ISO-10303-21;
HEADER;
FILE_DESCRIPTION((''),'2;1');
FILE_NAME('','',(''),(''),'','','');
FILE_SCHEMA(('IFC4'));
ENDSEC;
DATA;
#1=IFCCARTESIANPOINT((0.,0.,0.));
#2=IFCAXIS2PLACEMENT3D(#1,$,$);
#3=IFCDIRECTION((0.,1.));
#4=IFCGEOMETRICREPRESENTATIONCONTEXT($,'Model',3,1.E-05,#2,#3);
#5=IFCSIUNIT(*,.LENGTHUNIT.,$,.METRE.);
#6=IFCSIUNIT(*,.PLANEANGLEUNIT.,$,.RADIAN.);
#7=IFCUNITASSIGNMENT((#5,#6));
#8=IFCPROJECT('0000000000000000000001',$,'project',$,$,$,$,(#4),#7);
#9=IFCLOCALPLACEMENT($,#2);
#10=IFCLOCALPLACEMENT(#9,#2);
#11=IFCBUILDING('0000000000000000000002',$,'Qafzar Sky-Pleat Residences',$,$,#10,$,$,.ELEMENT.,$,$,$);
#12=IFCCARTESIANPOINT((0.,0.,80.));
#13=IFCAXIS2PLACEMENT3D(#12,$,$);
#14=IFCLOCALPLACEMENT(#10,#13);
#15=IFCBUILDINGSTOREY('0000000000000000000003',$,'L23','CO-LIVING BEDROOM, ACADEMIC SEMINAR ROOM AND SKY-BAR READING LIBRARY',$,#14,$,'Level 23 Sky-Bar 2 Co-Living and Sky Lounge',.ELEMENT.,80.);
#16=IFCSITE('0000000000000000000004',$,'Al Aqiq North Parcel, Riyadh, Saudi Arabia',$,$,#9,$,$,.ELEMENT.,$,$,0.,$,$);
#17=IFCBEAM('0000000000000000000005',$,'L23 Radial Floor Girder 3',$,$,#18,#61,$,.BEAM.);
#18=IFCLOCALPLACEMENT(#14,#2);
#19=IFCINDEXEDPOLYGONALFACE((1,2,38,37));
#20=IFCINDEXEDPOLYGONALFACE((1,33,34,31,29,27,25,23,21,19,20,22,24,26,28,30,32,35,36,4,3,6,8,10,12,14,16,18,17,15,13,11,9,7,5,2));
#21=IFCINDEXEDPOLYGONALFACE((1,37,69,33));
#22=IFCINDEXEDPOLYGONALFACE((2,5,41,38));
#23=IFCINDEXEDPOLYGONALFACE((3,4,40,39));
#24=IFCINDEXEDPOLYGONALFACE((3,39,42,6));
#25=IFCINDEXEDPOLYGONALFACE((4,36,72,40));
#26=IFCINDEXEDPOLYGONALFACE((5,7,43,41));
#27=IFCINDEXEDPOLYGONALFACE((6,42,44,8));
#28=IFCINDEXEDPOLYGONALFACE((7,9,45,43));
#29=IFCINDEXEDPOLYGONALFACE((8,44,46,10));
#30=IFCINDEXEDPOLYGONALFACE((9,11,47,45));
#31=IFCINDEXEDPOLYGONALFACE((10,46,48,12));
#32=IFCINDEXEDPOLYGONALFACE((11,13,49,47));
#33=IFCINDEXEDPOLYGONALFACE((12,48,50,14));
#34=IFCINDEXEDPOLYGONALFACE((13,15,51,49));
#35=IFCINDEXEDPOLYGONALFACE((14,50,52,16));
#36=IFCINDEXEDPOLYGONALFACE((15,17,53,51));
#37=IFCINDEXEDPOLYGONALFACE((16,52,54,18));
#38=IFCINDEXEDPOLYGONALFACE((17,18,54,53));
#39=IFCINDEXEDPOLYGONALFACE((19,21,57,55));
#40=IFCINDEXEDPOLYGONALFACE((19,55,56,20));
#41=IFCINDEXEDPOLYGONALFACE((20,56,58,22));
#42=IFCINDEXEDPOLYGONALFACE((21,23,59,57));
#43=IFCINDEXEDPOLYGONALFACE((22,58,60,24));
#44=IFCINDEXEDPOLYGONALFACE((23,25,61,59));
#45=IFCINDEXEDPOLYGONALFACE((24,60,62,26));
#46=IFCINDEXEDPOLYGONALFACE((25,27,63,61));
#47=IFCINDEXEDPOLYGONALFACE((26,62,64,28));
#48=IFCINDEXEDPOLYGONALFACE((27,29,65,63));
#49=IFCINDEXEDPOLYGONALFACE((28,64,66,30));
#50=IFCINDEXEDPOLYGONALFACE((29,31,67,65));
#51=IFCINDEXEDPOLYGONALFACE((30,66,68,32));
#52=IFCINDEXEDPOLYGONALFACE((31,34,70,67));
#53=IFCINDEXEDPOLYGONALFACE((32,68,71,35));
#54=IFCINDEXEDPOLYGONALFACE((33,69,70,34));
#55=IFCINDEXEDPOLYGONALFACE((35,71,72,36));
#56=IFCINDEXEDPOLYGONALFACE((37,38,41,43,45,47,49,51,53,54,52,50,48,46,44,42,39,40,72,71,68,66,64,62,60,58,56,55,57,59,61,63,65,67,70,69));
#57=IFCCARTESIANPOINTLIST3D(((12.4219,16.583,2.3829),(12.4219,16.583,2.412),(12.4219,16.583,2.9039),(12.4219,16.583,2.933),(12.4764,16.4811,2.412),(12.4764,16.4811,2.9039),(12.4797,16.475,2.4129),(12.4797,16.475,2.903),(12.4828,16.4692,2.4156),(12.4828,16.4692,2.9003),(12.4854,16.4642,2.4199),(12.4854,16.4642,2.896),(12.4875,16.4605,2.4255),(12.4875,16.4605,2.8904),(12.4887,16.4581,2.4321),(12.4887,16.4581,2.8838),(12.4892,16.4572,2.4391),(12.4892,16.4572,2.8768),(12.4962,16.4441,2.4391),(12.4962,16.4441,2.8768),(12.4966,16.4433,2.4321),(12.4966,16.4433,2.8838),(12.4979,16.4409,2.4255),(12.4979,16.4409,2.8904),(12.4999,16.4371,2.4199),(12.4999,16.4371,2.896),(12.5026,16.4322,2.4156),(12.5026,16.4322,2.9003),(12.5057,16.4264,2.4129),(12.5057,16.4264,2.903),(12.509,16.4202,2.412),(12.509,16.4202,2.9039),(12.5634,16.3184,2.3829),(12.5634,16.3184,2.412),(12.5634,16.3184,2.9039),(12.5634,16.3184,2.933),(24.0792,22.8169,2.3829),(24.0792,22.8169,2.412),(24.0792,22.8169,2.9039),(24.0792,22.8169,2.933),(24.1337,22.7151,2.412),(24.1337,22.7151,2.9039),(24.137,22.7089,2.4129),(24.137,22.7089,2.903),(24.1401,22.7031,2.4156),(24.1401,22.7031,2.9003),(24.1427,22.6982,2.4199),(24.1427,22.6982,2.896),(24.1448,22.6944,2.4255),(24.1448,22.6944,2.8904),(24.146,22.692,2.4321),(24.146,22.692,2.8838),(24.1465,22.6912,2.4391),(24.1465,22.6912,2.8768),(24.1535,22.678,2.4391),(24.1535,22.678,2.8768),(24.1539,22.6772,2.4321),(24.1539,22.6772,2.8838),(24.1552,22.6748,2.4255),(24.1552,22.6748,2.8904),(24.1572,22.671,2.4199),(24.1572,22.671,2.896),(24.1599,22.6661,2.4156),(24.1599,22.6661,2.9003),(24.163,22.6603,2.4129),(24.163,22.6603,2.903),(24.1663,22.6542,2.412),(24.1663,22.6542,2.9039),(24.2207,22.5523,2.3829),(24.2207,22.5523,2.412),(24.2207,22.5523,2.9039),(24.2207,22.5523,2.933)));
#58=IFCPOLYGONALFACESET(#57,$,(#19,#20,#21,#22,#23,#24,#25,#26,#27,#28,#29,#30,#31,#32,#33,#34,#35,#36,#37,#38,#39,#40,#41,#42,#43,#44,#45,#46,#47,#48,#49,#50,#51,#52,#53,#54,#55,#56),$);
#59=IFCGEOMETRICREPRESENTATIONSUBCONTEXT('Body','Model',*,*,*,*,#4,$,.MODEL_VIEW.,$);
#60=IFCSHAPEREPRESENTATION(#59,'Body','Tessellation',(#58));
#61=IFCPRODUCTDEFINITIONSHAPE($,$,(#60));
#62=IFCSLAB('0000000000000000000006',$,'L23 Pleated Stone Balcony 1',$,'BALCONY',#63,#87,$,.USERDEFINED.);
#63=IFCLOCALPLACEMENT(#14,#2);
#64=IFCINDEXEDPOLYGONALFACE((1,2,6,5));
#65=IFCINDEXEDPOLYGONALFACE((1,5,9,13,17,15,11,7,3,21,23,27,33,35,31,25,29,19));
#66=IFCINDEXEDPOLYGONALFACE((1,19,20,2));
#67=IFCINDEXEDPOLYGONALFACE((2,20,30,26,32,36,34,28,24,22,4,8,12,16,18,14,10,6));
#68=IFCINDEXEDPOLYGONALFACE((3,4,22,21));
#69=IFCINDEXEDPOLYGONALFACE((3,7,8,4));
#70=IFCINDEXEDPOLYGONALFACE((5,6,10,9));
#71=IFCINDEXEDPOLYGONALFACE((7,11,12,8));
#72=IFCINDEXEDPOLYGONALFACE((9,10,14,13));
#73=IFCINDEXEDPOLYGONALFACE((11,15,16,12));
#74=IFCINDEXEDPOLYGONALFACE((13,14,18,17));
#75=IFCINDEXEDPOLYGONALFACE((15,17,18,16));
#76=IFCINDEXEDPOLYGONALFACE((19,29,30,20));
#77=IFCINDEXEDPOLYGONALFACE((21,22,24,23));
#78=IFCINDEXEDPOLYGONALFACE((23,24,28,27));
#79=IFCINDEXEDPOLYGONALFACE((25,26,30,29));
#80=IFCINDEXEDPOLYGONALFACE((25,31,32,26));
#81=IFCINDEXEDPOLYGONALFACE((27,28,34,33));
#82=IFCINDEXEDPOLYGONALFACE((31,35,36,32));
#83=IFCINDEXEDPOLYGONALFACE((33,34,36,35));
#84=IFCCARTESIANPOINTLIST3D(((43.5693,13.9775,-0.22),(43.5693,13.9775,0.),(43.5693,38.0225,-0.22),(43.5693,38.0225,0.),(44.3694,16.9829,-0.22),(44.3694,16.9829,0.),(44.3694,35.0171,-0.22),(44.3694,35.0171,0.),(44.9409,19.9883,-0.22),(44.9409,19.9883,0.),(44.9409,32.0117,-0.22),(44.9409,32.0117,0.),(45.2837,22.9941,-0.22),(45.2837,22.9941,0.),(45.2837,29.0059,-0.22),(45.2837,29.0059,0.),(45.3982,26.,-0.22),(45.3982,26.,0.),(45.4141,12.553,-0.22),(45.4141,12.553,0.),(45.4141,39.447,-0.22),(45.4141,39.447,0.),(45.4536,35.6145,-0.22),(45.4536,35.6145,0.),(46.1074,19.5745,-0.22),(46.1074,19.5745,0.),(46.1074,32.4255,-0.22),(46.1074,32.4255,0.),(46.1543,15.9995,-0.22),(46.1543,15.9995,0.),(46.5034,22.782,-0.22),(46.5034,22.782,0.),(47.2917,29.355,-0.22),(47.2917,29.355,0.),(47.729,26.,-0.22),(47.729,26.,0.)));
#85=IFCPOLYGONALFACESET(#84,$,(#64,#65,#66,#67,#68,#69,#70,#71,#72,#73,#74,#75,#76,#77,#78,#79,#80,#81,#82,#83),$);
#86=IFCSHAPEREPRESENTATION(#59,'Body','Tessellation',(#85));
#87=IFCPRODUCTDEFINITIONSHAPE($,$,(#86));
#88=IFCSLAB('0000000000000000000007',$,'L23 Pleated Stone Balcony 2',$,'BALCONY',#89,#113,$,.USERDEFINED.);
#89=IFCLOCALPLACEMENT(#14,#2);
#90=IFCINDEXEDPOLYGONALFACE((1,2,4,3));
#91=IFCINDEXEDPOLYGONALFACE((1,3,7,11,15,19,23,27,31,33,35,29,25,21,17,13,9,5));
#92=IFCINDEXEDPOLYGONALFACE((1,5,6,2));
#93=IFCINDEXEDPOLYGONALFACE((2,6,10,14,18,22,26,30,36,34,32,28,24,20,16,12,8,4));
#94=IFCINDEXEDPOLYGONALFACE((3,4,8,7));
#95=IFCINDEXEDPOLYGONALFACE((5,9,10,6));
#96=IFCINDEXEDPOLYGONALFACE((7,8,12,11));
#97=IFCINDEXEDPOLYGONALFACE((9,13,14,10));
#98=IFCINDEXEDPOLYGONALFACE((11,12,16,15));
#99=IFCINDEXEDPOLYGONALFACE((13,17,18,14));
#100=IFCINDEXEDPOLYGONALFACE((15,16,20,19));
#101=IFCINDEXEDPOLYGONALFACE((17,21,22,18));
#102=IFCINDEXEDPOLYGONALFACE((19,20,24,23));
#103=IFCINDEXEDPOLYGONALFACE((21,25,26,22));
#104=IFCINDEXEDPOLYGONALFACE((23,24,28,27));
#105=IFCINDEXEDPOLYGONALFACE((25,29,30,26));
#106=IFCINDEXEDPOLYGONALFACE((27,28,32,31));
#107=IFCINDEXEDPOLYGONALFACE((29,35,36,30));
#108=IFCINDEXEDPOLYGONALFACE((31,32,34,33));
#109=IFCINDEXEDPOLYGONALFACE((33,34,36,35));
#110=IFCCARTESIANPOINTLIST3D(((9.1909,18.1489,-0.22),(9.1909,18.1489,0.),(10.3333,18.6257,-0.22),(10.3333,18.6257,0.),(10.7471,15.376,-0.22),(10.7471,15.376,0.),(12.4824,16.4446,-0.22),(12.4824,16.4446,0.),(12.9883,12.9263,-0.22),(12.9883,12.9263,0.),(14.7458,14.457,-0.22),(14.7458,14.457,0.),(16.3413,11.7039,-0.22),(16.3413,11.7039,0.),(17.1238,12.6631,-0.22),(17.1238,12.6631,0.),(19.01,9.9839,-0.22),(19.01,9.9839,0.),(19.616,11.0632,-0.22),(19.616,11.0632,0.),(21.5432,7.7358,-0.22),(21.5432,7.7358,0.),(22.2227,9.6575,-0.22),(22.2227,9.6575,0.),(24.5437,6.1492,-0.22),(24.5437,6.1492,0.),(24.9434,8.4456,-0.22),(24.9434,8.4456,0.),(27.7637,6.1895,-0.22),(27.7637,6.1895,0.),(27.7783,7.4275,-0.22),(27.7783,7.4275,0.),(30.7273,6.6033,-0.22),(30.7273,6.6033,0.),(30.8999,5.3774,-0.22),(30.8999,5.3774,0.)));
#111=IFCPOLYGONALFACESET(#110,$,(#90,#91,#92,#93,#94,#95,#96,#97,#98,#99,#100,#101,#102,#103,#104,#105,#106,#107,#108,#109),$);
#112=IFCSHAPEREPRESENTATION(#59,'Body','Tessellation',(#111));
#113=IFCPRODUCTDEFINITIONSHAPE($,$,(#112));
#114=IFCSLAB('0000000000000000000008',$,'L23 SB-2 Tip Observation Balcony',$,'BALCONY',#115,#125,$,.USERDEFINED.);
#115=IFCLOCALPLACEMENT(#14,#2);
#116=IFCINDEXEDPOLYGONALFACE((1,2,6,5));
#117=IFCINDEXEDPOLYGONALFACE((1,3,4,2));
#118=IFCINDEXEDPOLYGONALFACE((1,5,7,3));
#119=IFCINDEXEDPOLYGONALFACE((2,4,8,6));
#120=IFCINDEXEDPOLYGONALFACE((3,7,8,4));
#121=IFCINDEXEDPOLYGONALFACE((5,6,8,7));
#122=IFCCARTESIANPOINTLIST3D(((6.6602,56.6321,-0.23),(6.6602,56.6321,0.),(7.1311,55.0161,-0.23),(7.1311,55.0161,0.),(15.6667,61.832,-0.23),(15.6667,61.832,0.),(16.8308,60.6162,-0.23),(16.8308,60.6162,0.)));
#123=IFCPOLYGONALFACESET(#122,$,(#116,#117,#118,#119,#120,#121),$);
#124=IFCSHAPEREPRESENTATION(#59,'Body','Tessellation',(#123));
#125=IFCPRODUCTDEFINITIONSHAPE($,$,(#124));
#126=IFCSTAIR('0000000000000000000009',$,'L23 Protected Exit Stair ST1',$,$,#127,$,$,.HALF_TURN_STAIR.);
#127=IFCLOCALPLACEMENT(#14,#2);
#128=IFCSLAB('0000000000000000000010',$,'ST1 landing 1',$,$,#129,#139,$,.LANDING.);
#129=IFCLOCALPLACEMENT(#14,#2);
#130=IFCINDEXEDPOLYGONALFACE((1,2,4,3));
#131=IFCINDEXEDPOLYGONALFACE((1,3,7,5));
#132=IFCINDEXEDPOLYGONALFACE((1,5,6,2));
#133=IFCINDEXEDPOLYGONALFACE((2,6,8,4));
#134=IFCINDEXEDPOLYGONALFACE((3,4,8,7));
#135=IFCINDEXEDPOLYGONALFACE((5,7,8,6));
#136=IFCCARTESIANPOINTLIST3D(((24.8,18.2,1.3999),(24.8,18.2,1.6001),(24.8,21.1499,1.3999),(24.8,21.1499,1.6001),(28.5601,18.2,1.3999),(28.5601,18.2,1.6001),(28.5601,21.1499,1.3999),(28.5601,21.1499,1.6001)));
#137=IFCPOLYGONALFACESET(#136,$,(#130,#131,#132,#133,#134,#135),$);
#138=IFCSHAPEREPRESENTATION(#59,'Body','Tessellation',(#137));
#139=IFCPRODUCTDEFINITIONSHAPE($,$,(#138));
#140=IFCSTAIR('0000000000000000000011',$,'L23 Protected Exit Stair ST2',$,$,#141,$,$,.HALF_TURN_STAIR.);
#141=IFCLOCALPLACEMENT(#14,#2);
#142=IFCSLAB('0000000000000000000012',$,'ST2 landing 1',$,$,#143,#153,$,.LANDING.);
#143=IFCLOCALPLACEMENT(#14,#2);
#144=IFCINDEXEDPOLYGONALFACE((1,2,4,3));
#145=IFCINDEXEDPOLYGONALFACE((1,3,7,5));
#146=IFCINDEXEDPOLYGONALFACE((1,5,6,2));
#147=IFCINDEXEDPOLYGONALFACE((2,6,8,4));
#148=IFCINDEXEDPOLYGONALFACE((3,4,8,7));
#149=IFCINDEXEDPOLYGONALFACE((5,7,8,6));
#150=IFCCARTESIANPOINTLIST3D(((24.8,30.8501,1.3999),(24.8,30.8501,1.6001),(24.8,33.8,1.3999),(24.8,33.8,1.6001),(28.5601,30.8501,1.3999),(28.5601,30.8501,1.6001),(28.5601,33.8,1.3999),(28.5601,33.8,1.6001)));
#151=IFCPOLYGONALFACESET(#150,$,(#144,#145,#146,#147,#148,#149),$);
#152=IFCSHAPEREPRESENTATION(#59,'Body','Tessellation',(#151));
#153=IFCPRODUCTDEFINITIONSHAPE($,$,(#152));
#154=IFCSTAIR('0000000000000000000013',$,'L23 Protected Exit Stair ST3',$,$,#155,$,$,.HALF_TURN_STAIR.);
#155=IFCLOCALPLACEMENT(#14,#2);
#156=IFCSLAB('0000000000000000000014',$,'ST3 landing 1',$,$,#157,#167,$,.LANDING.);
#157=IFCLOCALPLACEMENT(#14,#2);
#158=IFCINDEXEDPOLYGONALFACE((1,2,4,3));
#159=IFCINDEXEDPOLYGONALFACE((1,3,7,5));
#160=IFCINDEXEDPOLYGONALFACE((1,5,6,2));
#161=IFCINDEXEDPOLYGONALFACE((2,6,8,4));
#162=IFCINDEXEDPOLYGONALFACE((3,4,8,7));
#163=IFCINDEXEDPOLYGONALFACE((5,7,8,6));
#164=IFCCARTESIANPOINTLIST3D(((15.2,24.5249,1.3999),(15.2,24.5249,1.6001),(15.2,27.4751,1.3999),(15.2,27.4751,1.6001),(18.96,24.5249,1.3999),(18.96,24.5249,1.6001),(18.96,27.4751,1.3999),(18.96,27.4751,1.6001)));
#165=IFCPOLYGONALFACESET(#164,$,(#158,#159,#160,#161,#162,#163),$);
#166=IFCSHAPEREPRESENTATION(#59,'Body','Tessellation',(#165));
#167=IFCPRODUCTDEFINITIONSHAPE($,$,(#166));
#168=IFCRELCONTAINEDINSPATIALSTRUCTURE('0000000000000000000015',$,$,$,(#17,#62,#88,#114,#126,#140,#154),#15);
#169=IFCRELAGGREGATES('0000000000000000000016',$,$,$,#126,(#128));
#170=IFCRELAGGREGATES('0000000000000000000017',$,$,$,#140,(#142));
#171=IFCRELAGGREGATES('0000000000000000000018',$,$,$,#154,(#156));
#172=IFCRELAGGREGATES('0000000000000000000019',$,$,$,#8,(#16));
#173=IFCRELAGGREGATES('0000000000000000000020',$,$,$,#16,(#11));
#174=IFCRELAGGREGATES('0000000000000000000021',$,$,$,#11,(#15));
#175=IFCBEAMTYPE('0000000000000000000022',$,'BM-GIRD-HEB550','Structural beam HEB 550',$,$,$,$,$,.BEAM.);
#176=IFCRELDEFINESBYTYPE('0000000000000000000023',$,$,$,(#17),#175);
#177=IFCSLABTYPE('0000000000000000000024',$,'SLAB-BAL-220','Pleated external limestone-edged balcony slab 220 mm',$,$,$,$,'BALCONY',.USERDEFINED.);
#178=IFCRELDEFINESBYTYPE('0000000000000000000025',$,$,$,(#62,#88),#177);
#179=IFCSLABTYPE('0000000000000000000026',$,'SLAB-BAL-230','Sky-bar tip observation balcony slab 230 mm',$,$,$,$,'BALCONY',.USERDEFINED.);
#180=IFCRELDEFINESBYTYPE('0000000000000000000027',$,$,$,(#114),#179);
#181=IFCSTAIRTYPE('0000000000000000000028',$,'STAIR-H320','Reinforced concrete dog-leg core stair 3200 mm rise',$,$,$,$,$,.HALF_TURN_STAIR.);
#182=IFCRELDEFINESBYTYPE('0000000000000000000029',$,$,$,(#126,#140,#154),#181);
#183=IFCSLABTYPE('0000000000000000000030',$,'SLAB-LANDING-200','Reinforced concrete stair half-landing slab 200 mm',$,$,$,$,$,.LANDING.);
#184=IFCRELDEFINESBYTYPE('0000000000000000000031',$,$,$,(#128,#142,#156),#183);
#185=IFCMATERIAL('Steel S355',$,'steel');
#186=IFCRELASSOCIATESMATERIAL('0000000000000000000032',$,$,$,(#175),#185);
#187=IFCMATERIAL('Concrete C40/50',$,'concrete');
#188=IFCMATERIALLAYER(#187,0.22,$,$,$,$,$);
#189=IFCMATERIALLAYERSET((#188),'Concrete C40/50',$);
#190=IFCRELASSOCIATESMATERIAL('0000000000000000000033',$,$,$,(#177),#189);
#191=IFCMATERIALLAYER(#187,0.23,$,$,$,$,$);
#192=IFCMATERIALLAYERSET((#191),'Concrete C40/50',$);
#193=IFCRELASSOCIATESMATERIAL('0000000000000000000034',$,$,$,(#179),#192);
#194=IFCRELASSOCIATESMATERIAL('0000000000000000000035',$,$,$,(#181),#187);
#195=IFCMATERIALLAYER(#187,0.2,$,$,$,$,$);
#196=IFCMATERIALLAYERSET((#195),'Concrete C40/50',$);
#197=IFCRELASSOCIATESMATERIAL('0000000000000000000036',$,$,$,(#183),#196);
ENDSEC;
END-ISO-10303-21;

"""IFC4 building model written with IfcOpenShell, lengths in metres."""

from ifc_helpers import new_model, si_unit, direction, frame, origin, origin_2d, place, context, subcontext, project, spatial, polyline, i_section, outline, extrude, source, transform, mapped, material, layer, layer_set, material_profile, profile_set, type_object, element, aggregate, save


model = new_model("IFC4")

# Units and contexts
model_context = context("Model", 3, precision=1e-05, world=origin(), true_north=direction((0.0, 1.0)))
body_context = subcontext(model_context, "Body", "Model", "MODEL_VIEW")
ifc_project = project(units=[si_unit("LENGTHUNIT", "METRE"), si_unit("PLANEANGLEUNIT", "RADIAN")], contexts=[model_context])

# Site, building, storey
site_placement = place(None, origin())
site = spatial("IfcSite", under=ifc_project, at=site_placement, Name="Al Aqiq North Parcel, Riyadh, Saudi Arabia", CompositionType="ELEMENT", RefElevation=0.0)
building_placement = place(site_placement, origin())
building = spatial("IfcBuilding", under=site, at=building_placement, Name="Qafzar Sky-Pleat Residences", CompositionType="ELEMENT")
storey_placement = place(building_placement, frame((0.0, 0.0, 80.0)))
storey = spatial("IfcBuildingStorey", under=building, at=storey_placement, Name="L23", Description="CO-LIVING BEDROOM, ACADEMIC SEMINAR ROOM AND SKY-BAR READING LIBRARY", LongName="Level 23 Sky-Bar 2 Co-Living and Sky Lounge", CompositionType="ELEMENT", Elevation=80.0)

# Beam
ifc_material_1 = material(Name="Steel S355", Category="steel")
ifc_material_profile_1 = material_profile(ifc_material_1, i_section(OverallWidth=0.3, OverallDepth=0.55, WebThickness=0.0149, FlangeThickness=0.0291, FilletRadius=0.0271, at=origin_2d()), Name="HEB 550")
ifc_profile_set_1 = profile_set([ifc_material_profile_1], Name="Steel S355")
beam_type_1 = type_object("IfcBeamType", Name="BM-GIRD-HEB550", Description="Structural beam HEB 550", PredefinedType="BEAM", material=ifc_profile_set_1)
shared_shape_1 = source(origin(), body_context, "Body", "SweptSolid", [
    extrude(i_section(OverallWidth=0.3, OverallDepth=0.55, WebThickness=0.0149, FlangeThickness=0.0291, FilletRadius=0.0271, at=origin_2d()), origin(), (0.0, 0.0, 1.0), 13.2195),
])
beam_1_placement = place(storey_placement, frame((12.4927, 16.4507, 2.658), z_axis=(0.881828, 0.471571, 0.0), x_axis=(-0.471571, 0.881828, 0.0)))
element("IfcBeam", 1, at=beam_1_placement, inside=storey, type_object=beam_type_1, Name="L23 Radial Floor Girder 3", PredefinedType="BEAM", context=body_context, shape_type="MappedRepresentation", body=[
    mapped(shared_shape_1, transform((0.0, 0.0, 0.0), x_axis=(1.0, 0.0, 0.0), y_axis=(0.0, 1.0, 0.0), z_axis=(0.0, 0.0, 1.0), scale=1.0)),
])

# Slabs
ifc_material_2 = material(Name="Concrete C40/50", Category="concrete")
ifc_layer_1 = layer(ifc_material_2, 0.22)
ifc_layer_set_1 = layer_set([ifc_layer_1], Name="Concrete C40/50")
slab_type_1 = type_object("IfcSlabType", Name="SLAB-BAL-220", Description="Pleated external limestone-edged balcony slab 220 mm", ElementType="BALCONY", PredefinedType="USERDEFINED", material=ifc_layer_set_1)
slab_1_placement = place(storey_placement, frame((0.0, 0.0, -0.22)))
element("IfcSlab", 2, at=slab_1_placement, inside=storey, type_object=slab_type_1, Name="L23 Pleated Stone Balcony 1", ObjectType="BALCONY", PredefinedType="USERDEFINED", context=body_context, shape_type="SweptSolid", body=[
    extrude(outline(polyline([(44.3694, 16.9829), (44.9409, 19.9883), (45.2837, 22.9941), (45.3982, 26.0), (45.2837, 29.0059), (44.9409, 32.0117), (44.3694, 35.0171), (43.5693, 38.0225), (45.4141, 39.447), (45.4536, 35.6145), (46.1074, 32.4255), (47.2917, 29.355), (47.729, 26.0), (46.5034, 22.782), (46.1074, 19.5745), (46.1543, 15.9995), (45.4141, 12.553), (43.5693, 13.9775), (44.3694, 16.9829)])), origin(), (0.0, 0.0, 1.0), 0.22),
])
slab_2_placement = place(storey_placement, frame((0.0, 0.0, -0.22)))
element("IfcSlab", 3, at=slab_2_placement, inside=storey, type_object=slab_type_1, Name="L23 Pleated Stone Balcony 2", ObjectType="BALCONY", PredefinedType="USERDEFINED", context=body_context, shape_type="SweptSolid", body=[
    extrude(outline(polyline([(12.4824, 16.4446), (14.7458, 14.457), (17.1238, 12.6631), (19.616, 11.0632), (22.2227, 9.6575), (24.9434, 8.4456), (27.7783, 7.4275), (30.7273, 6.6033), (30.8999, 5.3774), (27.7637, 6.1895), (24.5437, 6.1492), (21.5432, 7.7358), (19.01, 9.9839), (16.3413, 11.7039), (12.9883, 12.9263), (10.7471, 15.376), (9.1909, 18.1489), (10.3333, 18.6257), (12.4824, 16.4446)])), origin(), (0.0, 0.0, 1.0), 0.22),
])
ifc_layer_2 = layer(ifc_material_2, 0.23)
ifc_layer_set_2 = layer_set([ifc_layer_2], Name="Concrete C40/50")
slab_type_2 = type_object("IfcSlabType", Name="SLAB-BAL-230", Description="Sky-bar tip observation balcony slab 230 mm", ElementType="BALCONY", PredefinedType="USERDEFINED", material=ifc_layer_set_2)
slab_3_placement = place(storey_placement, frame((0.0, 0.0, -0.23)))
element("IfcSlab", 4, at=slab_3_placement, inside=storey, type_object=slab_type_2, Name="L23 SB-2 Tip Observation Balcony", ObjectType="BALCONY", PredefinedType="USERDEFINED", context=body_context, shape_type="SweptSolid", body=[
    extrude(outline(polyline([(16.8308, 60.6162), (15.6667, 61.832), (6.6602, 56.6321), (7.1311, 55.0161), (16.8308, 60.6162)])), origin(), (0.0, 0.0, 1.0), 0.23),
])

# Stairs, slabs
stair_type = type_object("IfcStairType", Name="STAIR-H320", Description="Reinforced concrete dog-leg core stair 3200 mm rise", PredefinedType="HALF_TURN_STAIR", material=ifc_material_2)
stair_1_placement = place(storey_placement, origin())
stair_1 = element("IfcStair", 5, at=stair_1_placement, inside=storey, type_object=stair_type, Name="L23 Protected Exit Stair ST1", PredefinedType="HALF_TURN_STAIR")
ifc_layer_3 = layer(ifc_material_2, 0.2)
ifc_layer_set_3 = layer_set([ifc_layer_3], Name="Concrete C40/50")
slab_type_3 = type_object("IfcSlabType", Name="SLAB-LANDING-200", Description="Reinforced concrete stair half-landing slab 200 mm", PredefinedType="LANDING", material=ifc_layer_set_3)
slab_4_placement = place(storey_placement, frame((0.0, 0.0, 1.3999)))
slab_4 = element("IfcSlab", 6, at=slab_4_placement, type_object=slab_type_3, Name="ST1 landing 1", PredefinedType="LANDING", context=body_context, shape_type="SweptSolid", body=[
    extrude(outline(polyline([(28.5601, 21.1499), (24.8, 21.1499), (24.8, 18.2), (28.5601, 18.2), (28.5601, 21.1499)])), origin(), (0.0, 0.0, 1.0), 0.2002),
])
aggregate(stair_1, [slab_4])
stair_2_placement = place(storey_placement, origin())
stair_2 = element("IfcStair", 7, at=stair_2_placement, inside=storey, type_object=stair_type, Name="L23 Protected Exit Stair ST2", PredefinedType="HALF_TURN_STAIR")
slab_5_placement = place(storey_placement, frame((0.0, 0.0, 1.3999)))
slab_5 = element("IfcSlab", 8, at=slab_5_placement, type_object=slab_type_3, Name="ST2 landing 1", PredefinedType="LANDING", context=body_context, shape_type="SweptSolid", body=[
    extrude(outline(polyline([(28.5601, 33.8), (24.8, 33.8), (24.8, 30.8501), (28.5601, 30.8501), (28.5601, 33.8)])), origin(), (0.0, 0.0, 1.0), 0.2002),
])
aggregate(stair_2, [slab_5])
stair_3_placement = place(storey_placement, origin())
stair_3 = element("IfcStair", 9, at=stair_3_placement, inside=storey, type_object=stair_type, Name="L23 Protected Exit Stair ST3", PredefinedType="HALF_TURN_STAIR")
slab_6_placement = place(storey_placement, frame((0.0, 0.0, 1.3999)))
slab_6 = element("IfcSlab", 10, at=slab_6_placement, type_object=slab_type_3, Name="ST3 landing 1", PredefinedType="LANDING", context=body_context, shape_type="SweptSolid", body=[
    extrude(outline(polyline([(18.96, 27.4751), (15.2, 27.4751), (15.2, 24.5249), (18.96, 24.5249), (18.96, 27.4751)])), origin(), (0.0, 0.0, 1.0), 0.2002),
])
aggregate(stair_3, [slab_6])

save(model, "model.ifc")
